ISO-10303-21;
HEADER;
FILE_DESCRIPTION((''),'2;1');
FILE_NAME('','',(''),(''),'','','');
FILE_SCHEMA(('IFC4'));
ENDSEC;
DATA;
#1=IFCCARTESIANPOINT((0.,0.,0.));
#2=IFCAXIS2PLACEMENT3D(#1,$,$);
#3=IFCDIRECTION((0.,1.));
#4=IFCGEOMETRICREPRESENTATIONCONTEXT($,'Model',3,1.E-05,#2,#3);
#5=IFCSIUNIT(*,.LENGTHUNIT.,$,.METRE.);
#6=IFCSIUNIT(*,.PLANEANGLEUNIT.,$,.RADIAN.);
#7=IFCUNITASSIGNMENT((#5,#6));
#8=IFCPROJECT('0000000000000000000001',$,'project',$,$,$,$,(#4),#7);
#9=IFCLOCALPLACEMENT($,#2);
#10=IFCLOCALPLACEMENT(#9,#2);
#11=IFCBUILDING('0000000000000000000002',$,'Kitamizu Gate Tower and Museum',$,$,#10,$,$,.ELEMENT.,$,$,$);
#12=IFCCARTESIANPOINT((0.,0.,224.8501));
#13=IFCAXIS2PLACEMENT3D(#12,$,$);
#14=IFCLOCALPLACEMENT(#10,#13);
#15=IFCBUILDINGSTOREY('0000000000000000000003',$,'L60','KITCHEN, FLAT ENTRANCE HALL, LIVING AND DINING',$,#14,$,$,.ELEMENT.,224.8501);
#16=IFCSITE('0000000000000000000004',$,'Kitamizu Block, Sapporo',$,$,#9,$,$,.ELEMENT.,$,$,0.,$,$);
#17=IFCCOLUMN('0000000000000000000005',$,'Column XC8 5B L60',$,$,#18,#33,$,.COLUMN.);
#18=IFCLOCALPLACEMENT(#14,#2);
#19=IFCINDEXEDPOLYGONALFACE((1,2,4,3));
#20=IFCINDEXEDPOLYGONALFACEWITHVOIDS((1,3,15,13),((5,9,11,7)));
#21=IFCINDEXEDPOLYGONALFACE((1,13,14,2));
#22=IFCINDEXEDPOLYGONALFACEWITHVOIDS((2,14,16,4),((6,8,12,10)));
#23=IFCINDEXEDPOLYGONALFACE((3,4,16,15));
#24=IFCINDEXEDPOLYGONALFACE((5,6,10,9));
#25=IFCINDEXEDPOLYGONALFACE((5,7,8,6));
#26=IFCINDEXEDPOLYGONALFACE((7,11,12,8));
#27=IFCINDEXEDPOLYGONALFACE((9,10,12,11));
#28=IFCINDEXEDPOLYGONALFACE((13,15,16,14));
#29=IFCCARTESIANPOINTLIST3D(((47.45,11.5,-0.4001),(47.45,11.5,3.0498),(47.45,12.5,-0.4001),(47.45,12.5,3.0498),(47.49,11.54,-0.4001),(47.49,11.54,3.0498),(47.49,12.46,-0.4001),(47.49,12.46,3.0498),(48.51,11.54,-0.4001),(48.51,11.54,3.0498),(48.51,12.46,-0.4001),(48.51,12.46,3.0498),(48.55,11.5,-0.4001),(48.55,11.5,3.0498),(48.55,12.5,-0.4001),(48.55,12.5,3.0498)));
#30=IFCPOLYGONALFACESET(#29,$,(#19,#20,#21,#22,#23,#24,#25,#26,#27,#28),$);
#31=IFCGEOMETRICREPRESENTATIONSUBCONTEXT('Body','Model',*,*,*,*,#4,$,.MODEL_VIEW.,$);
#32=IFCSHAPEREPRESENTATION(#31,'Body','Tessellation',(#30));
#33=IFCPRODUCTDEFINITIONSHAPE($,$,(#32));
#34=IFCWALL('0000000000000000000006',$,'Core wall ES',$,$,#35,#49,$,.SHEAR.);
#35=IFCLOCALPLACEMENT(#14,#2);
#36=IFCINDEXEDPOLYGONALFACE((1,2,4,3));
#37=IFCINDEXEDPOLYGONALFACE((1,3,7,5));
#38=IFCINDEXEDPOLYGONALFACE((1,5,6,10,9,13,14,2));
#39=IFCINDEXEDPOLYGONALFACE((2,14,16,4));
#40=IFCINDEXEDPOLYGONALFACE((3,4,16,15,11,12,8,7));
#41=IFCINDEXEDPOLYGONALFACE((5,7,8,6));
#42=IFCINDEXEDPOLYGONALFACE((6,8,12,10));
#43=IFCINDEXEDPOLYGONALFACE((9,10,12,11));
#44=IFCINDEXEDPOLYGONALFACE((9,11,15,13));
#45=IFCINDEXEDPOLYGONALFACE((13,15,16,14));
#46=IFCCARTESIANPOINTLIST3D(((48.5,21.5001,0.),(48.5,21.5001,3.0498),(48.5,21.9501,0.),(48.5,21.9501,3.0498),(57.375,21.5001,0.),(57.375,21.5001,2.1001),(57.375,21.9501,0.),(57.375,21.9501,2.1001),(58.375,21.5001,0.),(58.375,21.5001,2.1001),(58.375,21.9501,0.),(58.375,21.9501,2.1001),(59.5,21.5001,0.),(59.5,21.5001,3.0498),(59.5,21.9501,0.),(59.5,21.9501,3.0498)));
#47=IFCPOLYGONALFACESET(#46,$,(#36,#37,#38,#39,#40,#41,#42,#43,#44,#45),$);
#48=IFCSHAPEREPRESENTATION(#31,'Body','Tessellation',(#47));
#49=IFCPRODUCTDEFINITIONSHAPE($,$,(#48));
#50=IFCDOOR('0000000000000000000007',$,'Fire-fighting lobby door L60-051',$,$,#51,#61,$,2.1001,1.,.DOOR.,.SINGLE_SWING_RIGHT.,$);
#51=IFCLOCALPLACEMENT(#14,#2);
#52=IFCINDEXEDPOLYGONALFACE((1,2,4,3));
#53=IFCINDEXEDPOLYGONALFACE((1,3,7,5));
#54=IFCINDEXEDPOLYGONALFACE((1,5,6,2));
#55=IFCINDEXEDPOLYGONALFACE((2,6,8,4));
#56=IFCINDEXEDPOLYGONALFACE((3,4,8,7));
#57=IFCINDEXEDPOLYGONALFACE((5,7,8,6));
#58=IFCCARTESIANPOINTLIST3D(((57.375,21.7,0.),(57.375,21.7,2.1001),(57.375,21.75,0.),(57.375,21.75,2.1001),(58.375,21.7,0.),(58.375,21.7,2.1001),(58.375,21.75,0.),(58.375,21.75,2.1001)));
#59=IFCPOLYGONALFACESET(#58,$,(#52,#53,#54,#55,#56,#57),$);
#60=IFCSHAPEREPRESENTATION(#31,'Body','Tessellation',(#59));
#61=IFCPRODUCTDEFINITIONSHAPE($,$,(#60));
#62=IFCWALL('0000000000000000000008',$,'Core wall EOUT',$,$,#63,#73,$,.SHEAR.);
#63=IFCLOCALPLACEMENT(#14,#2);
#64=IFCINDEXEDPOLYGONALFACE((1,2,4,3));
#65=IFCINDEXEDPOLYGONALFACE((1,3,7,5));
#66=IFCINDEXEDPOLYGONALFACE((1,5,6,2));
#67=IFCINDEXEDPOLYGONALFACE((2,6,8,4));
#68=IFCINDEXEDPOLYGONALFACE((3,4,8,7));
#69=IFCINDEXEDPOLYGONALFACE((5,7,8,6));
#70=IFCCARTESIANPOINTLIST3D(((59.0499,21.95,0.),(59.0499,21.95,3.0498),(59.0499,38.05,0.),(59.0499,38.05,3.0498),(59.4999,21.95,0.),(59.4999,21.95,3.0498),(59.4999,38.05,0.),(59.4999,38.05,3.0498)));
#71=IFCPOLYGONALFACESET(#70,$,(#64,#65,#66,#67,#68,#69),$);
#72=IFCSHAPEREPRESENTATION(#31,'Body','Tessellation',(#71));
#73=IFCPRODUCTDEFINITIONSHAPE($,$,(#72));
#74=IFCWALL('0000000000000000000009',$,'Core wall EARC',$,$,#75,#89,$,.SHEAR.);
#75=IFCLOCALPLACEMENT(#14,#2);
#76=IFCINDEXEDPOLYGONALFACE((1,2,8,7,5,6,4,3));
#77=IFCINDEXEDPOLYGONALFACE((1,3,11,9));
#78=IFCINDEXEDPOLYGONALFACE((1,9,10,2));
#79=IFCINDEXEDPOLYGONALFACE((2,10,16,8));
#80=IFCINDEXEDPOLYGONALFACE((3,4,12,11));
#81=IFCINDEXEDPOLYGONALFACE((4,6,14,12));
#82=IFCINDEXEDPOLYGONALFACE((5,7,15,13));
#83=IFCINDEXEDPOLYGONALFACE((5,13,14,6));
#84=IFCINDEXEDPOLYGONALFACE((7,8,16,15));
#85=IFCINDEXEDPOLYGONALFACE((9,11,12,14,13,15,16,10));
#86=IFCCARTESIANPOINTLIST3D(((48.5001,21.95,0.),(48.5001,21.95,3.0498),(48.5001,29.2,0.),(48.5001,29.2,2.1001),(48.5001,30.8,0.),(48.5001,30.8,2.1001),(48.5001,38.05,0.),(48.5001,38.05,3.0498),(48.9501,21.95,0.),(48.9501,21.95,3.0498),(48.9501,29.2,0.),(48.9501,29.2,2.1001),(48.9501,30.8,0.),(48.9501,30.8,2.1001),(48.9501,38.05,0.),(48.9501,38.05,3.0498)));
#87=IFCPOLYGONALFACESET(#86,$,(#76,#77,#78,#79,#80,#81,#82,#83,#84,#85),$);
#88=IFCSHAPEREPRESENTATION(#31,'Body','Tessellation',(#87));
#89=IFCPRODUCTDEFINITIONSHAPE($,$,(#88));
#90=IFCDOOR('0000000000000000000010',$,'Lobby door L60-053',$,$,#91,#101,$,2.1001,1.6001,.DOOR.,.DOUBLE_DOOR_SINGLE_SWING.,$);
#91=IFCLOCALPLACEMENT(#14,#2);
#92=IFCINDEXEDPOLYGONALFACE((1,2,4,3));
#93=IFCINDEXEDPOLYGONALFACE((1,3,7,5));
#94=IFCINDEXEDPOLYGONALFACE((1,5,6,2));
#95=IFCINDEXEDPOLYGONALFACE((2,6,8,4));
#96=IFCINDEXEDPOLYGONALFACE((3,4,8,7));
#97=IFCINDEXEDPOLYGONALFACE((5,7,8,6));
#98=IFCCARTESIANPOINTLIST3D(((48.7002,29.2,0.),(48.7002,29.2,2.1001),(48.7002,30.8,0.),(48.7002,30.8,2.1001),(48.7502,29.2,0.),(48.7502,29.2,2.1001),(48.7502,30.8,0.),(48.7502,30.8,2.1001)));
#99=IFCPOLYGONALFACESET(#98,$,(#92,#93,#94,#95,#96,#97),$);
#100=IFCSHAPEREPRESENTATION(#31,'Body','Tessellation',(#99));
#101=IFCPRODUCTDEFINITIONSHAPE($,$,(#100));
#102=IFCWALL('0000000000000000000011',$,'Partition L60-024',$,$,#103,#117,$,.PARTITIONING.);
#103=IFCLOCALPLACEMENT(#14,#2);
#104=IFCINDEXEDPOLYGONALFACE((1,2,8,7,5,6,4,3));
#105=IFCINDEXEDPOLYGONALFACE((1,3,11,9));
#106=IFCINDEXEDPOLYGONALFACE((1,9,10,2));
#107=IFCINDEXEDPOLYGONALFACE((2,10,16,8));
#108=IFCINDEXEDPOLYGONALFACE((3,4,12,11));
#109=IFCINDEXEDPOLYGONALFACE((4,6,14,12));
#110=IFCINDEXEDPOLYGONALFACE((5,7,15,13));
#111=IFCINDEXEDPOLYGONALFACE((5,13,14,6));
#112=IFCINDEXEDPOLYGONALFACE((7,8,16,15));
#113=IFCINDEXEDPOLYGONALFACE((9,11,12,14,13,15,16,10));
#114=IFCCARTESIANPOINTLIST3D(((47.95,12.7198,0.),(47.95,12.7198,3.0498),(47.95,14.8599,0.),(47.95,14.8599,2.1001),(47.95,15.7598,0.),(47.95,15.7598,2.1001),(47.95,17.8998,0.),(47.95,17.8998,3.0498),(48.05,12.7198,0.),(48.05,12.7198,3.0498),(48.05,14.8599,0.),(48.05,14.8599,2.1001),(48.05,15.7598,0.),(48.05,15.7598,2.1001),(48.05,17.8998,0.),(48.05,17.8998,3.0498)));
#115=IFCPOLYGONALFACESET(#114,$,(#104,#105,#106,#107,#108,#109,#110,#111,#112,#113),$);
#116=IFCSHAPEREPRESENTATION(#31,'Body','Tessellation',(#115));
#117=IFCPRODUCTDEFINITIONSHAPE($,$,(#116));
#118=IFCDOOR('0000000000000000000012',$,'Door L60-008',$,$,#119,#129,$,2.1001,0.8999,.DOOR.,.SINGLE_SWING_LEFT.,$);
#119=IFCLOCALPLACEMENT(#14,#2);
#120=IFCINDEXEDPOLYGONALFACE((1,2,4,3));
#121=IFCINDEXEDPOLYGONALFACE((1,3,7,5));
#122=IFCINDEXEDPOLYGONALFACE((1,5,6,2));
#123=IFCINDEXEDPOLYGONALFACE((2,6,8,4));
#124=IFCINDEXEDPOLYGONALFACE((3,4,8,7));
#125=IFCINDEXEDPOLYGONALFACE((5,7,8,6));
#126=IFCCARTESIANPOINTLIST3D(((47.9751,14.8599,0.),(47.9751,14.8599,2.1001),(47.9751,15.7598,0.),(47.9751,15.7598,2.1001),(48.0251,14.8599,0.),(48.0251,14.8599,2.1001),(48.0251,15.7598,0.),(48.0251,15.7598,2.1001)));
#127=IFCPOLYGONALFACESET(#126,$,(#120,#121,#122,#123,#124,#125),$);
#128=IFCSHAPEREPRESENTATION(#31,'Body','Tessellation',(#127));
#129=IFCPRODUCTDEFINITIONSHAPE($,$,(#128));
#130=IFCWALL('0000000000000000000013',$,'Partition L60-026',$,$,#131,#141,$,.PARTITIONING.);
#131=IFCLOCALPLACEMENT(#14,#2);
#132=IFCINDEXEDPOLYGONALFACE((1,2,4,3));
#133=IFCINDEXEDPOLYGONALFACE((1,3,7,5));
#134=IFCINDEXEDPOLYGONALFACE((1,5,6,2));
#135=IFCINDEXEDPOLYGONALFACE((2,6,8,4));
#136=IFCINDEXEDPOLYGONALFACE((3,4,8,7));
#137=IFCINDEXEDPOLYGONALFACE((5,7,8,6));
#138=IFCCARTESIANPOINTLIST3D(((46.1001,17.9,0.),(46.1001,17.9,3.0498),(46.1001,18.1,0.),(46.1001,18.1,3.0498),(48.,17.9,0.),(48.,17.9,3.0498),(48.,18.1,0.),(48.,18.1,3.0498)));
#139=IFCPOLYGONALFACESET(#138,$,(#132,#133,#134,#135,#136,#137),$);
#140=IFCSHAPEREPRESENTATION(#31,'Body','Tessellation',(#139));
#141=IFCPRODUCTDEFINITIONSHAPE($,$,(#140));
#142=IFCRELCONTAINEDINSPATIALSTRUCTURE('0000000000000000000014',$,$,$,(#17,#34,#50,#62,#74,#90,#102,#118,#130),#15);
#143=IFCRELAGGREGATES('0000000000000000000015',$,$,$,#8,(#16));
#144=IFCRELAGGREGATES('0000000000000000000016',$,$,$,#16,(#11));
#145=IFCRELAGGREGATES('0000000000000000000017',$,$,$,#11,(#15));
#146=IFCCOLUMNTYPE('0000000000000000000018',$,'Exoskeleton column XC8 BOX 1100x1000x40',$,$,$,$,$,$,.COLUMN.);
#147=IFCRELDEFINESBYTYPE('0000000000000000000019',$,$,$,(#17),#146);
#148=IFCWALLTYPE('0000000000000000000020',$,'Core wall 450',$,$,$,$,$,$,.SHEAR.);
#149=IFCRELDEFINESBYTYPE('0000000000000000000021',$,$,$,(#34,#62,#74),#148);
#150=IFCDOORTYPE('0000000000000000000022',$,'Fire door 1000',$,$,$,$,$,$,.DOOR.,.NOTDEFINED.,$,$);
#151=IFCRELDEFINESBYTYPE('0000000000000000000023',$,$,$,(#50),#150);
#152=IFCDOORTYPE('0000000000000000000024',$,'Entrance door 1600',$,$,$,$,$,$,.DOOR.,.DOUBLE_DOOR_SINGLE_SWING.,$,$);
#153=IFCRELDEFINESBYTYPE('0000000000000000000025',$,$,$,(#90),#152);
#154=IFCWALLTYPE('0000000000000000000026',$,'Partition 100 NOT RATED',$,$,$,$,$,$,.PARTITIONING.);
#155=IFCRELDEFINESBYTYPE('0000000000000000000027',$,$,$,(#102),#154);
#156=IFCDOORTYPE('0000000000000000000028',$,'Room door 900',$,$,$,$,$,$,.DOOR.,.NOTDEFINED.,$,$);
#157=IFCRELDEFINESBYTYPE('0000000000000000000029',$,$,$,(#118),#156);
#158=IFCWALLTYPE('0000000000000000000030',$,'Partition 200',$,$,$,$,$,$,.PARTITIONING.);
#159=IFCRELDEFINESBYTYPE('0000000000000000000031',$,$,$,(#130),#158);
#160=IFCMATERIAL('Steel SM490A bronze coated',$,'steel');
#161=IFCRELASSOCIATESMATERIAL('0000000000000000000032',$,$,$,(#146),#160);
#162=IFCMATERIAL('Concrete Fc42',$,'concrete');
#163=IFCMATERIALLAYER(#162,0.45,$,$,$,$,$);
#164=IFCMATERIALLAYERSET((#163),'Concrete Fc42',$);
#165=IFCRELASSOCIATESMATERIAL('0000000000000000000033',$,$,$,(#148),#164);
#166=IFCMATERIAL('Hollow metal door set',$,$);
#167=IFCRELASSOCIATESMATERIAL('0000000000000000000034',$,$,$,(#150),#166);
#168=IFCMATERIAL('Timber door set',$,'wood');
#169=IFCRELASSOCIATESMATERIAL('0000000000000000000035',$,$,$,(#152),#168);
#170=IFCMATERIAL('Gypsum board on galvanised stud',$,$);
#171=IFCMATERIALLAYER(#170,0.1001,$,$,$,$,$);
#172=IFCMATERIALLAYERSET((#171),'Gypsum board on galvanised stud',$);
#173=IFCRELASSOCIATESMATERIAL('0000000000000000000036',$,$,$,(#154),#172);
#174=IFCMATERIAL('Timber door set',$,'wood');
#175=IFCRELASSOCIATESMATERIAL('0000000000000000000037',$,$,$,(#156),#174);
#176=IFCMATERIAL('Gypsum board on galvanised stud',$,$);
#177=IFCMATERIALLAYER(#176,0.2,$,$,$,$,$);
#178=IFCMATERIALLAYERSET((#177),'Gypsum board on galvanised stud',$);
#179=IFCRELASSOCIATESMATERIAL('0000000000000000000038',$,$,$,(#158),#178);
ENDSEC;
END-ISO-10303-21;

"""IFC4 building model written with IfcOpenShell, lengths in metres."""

from ifc_helpers import new_model, si_unit, direction, frame, frame_2d, origin, origin_2d, place, context, subcontext, project, spatial, rectangle, hollow_rectangle, extrude, material, layer, layer_set, material_profile, profile_set, type_object, element, fill, save


model = new_model("IFC4")

# Units and contexts
model_context = context("Model", 3, precision=1e-05, world=origin(), true_north=direction((0.0, 1.0)))
body_context = subcontext(model_context, "Body", "Model", "MODEL_VIEW")
ifc_project = project(units=[si_unit("LENGTHUNIT", "METRE"), si_unit("PLANEANGLEUNIT", "RADIAN")], contexts=[model_context])

# Site, building, storey
site_placement = place(None, origin())
site = spatial("IfcSite", under=ifc_project, at=site_placement, Name="Kitamizu Block, Sapporo", CompositionType="ELEMENT", RefElevation=0.0)
building_placement = place(site_placement, origin())
building = spatial("IfcBuilding", under=site, at=building_placement, Name="Kitamizu Gate Tower and Museum", CompositionType="ELEMENT")
storey_placement = place(building_placement, frame((0.0, 0.0, 224.8501)))
storey = spatial("IfcBuildingStorey", under=building, at=storey_placement, Name="L60", Description="KITCHEN, FLAT ENTRANCE HALL, LIVING AND DINING", CompositionType="ELEMENT", Elevation=224.8501)

# Column
ifc_material_1 = material(Name="Steel SM490A bronze coated", Category="steel")
ifc_material_profile = material_profile(ifc_material_1, hollow_rectangle(XDim=1.1001, YDim=1.0, WallThickness=0.04, at=origin_2d()), Name="BOX 1100x1000x40")
ifc_profile_set = profile_set([ifc_material_profile], Name="Steel SM490A bronze coated")
column_type = type_object("IfcColumnType", Name="Exoskeleton column XC8 BOX 1100x1000x40", PredefinedType="COLUMN", material=ifc_profile_set)
column_placement = place(storey_placement, frame((48.0, 12.0, -0.4001), z_axis=(0.0, 0.0, 1.0), x_axis=(1.0, 0.0, 0.0)))
element("IfcColumn", 1, at=column_placement, inside=storey, type_object=column_type, Name="Column XC8 5B L60", PredefinedType="COLUMN", context=body_context, shape_type="SweptSolid", body=[
    extrude(hollow_rectangle(XDim=1.1001, YDim=1.0, WallThickness=0.04, at=origin_2d()), origin(), (0.0, 0.0, 1.0), 3.45),
])

# Wall, opening, door
ifc_material_2 = material(Name="Concrete Fc42", Category="concrete")
ifc_layer_1 = layer(ifc_material_2, 0.45)
ifc_layer_set_1 = layer_set([ifc_layer_1], Name="Concrete Fc42")
wall_type_1 = type_object("IfcWallType", Name="Core wall 450", PredefinedType="SHEAR", material=ifc_layer_set_1)
wall_1_placement = place(storey_placement, frame((59.5, 21.7251, 0.0), z_axis=(0.0, 0.0, 1.0), x_axis=(-1.0, 0.0, 0.0)))
wall_1 = element("IfcWall", 2, at=wall_1_placement, inside=storey, type_object=wall_type_1, Name="Core wall ES", PredefinedType="SHEAR", context=body_context, shape_type="SweptSolid", body=[
    extrude(rectangle(XDim=11.0, YDim=0.45, at=frame_2d((5.5, 0.0))), origin(), (0.0, 0.0, 1.0), 3.0498),
])
opening_1_placement = place(wall_1_placement, frame((1.125, 0.0, 0.0)))
opening_1 = element("IfcOpeningElement", 3, at=opening_1_placement, cuts=wall_1, PredefinedType="OPENING", context=body_context, shape_type="SweptSolid", body=[
    extrude(rectangle(XDim=1.0, YDim=2.1001, at=frame_2d((0.5, 1.05))), frame((0.0, 0.2349, 0.0), z_axis=(0.0, -1.0, 0.0), x_axis=(1.0, 0.0, 0.0)), (0.0, 0.0, 1.0), 0.47),
])
ifc_material_3 = material(Name="Hollow metal door set")
door_type_1 = type_object("IfcDoorType", Name="Fire door 1000", OperationType="NOTDEFINED", PredefinedType="DOOR", material=ifc_material_3)
door_1_placement = place(opening_1_placement, frame((1.0, 0.0, 0.0), x_axis=(-1.0, 0.0, 0.0)))
door_1 = element("IfcDoor", 4, at=door_1_placement, inside=storey, type_object=door_type_1, Name="Fire-fighting lobby door L60-051", OperationType="SINGLE_SWING_RIGHT", OverallHeight=2.1001, OverallWidth=1.0, PredefinedType="DOOR", context=body_context, shape_type="SweptSolid", body=[
    extrude(rectangle(XDim=1.0, YDim=2.1001, at=frame_2d((0.5, 1.05))), frame((0.0, 0.0249, 0.0), z_axis=(0.0, -1.0, 0.0), x_axis=(1.0, 0.0, 0.0)), (0.0, 0.0, 1.0), 0.05),
])
fill(opening_1, door_1)

# Wall
wall_2_placement = place(storey_placement, frame((59.2749, 21.95, 0.0), z_axis=(0.0, 0.0, 1.0), x_axis=(0.0, 1.0, 0.0)))
element("IfcWall", 5, at=wall_2_placement, inside=storey, type_object=wall_type_1, Name="Core wall EOUT", PredefinedType="SHEAR", context=body_context, shape_type="SweptSolid", body=[
    extrude(rectangle(XDim=16.1001, YDim=0.45, at=frame_2d((8.05, 0.0))), origin(), (0.0, 0.0, 1.0), 3.0498),
])

# Walls, openings, doors
wall_3_placement = place(storey_placement, frame((48.7251, 21.95, 0.0), z_axis=(0.0, 0.0, 1.0), x_axis=(0.0, 1.0, 0.0)))
wall_3 = element("IfcWall", 6, at=wall_3_placement, inside=storey, type_object=wall_type_1, Name="Core wall EARC", PredefinedType="SHEAR", context=body_context, shape_type="SweptSolid", body=[
    extrude(rectangle(XDim=16.1001, YDim=0.45, at=frame_2d((8.05, 0.0))), origin(), (0.0, 0.0, 1.0), 3.0498),
])
opening_2_placement = place(wall_3_placement, frame((7.25, 0.0, 0.0)))
opening_2 = element("IfcOpeningElement", 7, at=opening_2_placement, cuts=wall_3, PredefinedType="OPENING", context=body_context, shape_type="SweptSolid", body=[
    extrude(rectangle(XDim=1.6001, YDim=2.1001, at=frame_2d((0.8, 1.05))), frame((0.0, 0.2349, 0.0), z_axis=(0.0, -1.0, 0.0), x_axis=(1.0, 0.0, 0.0)), (0.0, 0.0, 1.0), 0.47),
])
ifc_material_4 = material(Name="Timber door set", Category="wood")
door_type_2 = type_object("IfcDoorType", Name="Entrance door 1600", OperationType="DOUBLE_DOOR_SINGLE_SWING", PredefinedType="DOOR", material=ifc_material_4)
door_2_placement = place(opening_2_placement, origin())
door_2 = element("IfcDoor", 8, at=door_2_placement, inside=storey, type_object=door_type_2, Name="Lobby door L60-053", OperationType="DOUBLE_DOOR_SINGLE_SWING", OverallHeight=2.1001, OverallWidth=1.6001, PredefinedType="DOOR", context=body_context, shape_type="SweptSolid", body=[
    extrude(rectangle(XDim=1.6001, YDim=2.1001, at=frame_2d((0.8, 1.05))), frame((0.0, 0.0249, 0.0), z_axis=(0.0, -1.0, 0.0), x_axis=(1.0, 0.0, 0.0)), (0.0, 0.0, 1.0), 0.05),
])
fill(opening_2, door_2)
ifc_material_5 = material(Name="Gypsum board on galvanised stud")
ifc_layer_2 = layer(ifc_material_5, 0.1001)
ifc_layer_set_2 = layer_set([ifc_layer_2], Name="Gypsum board on galvanised stud")
wall_type_2 = type_object("IfcWallType", Name="Partition 100 NOT RATED", PredefinedType="PARTITIONING", material=ifc_layer_set_2)
wall_4_placement = place(storey_placement, frame((48.0, 12.72, 0.0), z_axis=(0.0, 0.0, 1.0), x_axis=(0.0, 1.0, 0.0)))
wall_4 = element("IfcWall", 9, at=wall_4_placement, inside=storey, type_object=wall_type_2, Name="Partition L60-024", PredefinedType="PARTITIONING", context=body_context, shape_type="SweptSolid", body=[
    extrude(rectangle(XDim=5.1799, YDim=0.1001, at=frame_2d((2.5898, 0.0))), origin(), (0.0, 0.0, 1.0), 3.0498),
])
opening_3_placement = place(wall_4_placement, frame((2.1399, 0.0, 0.0)))
opening_3 = element("IfcOpeningElement", 10, at=opening_3_placement, cuts=wall_4, PredefinedType="OPENING", context=body_context, shape_type="SweptSolid", body=[
    extrude(rectangle(XDim=0.8999, YDim=2.1001, at=frame_2d((0.45, 1.05))), frame((0.0, 0.0601, 0.0), z_axis=(0.0, -1.0, 0.0), x_axis=(1.0, 0.0, 0.0)), (0.0, 0.0, 1.0), 0.1201),
])
ifc_material_6 = material(Name="Timber door set", Category="wood")
door_type_3 = type_object("IfcDoorType", Name="Room door 900", OperationType="NOTDEFINED", PredefinedType="DOOR", material=ifc_material_6)
door_3_placement = place(opening_3_placement, origin())
door_3 = element("IfcDoor", 11, at=door_3_placement, inside=storey, type_object=door_type_3, Name="Door L60-008", OperationType="SINGLE_SWING_LEFT", OverallHeight=2.1001, OverallWidth=0.8999, PredefinedType="DOOR", context=body_context, shape_type="SweptSolid", body=[
    extrude(rectangle(XDim=0.8999, YDim=2.1001, at=frame_2d((0.45, 1.05))), frame((0.0, 0.0249, 0.0), z_axis=(0.0, -1.0, 0.0), x_axis=(1.0, 0.0, 0.0)), (0.0, 0.0, 1.0), 0.05),
])
fill(opening_3, door_3)

# Wall
ifc_material_7 = material(Name="Gypsum board on galvanised stud")
ifc_layer_3 = layer(ifc_material_7, 0.2)
ifc_layer_set_3 = layer_set([ifc_layer_3], Name="Gypsum board on galvanised stud")
wall_type_3 = type_object("IfcWallType", Name="Partition 200", PredefinedType="PARTITIONING", material=ifc_layer_set_3)
wall_5_placement = place(storey_placement, frame((48.0, 18.0, 0.0), z_axis=(0.0, 0.0, 1.0), x_axis=(-1.0, 0.0, 0.0)))
element("IfcWall", 12, at=wall_5_placement, inside=storey, type_object=wall_type_3, Name="Partition L60-026", PredefinedType="PARTITIONING", context=body_context, shape_type="SweptSolid", body=[
    extrude(rectangle(XDim=1.8999, YDim=0.2, at=frame_2d((0.95, 0.0))), origin(), (0.0, 0.0, 1.0), 3.0498),
])

save(model, "model.ifc")
